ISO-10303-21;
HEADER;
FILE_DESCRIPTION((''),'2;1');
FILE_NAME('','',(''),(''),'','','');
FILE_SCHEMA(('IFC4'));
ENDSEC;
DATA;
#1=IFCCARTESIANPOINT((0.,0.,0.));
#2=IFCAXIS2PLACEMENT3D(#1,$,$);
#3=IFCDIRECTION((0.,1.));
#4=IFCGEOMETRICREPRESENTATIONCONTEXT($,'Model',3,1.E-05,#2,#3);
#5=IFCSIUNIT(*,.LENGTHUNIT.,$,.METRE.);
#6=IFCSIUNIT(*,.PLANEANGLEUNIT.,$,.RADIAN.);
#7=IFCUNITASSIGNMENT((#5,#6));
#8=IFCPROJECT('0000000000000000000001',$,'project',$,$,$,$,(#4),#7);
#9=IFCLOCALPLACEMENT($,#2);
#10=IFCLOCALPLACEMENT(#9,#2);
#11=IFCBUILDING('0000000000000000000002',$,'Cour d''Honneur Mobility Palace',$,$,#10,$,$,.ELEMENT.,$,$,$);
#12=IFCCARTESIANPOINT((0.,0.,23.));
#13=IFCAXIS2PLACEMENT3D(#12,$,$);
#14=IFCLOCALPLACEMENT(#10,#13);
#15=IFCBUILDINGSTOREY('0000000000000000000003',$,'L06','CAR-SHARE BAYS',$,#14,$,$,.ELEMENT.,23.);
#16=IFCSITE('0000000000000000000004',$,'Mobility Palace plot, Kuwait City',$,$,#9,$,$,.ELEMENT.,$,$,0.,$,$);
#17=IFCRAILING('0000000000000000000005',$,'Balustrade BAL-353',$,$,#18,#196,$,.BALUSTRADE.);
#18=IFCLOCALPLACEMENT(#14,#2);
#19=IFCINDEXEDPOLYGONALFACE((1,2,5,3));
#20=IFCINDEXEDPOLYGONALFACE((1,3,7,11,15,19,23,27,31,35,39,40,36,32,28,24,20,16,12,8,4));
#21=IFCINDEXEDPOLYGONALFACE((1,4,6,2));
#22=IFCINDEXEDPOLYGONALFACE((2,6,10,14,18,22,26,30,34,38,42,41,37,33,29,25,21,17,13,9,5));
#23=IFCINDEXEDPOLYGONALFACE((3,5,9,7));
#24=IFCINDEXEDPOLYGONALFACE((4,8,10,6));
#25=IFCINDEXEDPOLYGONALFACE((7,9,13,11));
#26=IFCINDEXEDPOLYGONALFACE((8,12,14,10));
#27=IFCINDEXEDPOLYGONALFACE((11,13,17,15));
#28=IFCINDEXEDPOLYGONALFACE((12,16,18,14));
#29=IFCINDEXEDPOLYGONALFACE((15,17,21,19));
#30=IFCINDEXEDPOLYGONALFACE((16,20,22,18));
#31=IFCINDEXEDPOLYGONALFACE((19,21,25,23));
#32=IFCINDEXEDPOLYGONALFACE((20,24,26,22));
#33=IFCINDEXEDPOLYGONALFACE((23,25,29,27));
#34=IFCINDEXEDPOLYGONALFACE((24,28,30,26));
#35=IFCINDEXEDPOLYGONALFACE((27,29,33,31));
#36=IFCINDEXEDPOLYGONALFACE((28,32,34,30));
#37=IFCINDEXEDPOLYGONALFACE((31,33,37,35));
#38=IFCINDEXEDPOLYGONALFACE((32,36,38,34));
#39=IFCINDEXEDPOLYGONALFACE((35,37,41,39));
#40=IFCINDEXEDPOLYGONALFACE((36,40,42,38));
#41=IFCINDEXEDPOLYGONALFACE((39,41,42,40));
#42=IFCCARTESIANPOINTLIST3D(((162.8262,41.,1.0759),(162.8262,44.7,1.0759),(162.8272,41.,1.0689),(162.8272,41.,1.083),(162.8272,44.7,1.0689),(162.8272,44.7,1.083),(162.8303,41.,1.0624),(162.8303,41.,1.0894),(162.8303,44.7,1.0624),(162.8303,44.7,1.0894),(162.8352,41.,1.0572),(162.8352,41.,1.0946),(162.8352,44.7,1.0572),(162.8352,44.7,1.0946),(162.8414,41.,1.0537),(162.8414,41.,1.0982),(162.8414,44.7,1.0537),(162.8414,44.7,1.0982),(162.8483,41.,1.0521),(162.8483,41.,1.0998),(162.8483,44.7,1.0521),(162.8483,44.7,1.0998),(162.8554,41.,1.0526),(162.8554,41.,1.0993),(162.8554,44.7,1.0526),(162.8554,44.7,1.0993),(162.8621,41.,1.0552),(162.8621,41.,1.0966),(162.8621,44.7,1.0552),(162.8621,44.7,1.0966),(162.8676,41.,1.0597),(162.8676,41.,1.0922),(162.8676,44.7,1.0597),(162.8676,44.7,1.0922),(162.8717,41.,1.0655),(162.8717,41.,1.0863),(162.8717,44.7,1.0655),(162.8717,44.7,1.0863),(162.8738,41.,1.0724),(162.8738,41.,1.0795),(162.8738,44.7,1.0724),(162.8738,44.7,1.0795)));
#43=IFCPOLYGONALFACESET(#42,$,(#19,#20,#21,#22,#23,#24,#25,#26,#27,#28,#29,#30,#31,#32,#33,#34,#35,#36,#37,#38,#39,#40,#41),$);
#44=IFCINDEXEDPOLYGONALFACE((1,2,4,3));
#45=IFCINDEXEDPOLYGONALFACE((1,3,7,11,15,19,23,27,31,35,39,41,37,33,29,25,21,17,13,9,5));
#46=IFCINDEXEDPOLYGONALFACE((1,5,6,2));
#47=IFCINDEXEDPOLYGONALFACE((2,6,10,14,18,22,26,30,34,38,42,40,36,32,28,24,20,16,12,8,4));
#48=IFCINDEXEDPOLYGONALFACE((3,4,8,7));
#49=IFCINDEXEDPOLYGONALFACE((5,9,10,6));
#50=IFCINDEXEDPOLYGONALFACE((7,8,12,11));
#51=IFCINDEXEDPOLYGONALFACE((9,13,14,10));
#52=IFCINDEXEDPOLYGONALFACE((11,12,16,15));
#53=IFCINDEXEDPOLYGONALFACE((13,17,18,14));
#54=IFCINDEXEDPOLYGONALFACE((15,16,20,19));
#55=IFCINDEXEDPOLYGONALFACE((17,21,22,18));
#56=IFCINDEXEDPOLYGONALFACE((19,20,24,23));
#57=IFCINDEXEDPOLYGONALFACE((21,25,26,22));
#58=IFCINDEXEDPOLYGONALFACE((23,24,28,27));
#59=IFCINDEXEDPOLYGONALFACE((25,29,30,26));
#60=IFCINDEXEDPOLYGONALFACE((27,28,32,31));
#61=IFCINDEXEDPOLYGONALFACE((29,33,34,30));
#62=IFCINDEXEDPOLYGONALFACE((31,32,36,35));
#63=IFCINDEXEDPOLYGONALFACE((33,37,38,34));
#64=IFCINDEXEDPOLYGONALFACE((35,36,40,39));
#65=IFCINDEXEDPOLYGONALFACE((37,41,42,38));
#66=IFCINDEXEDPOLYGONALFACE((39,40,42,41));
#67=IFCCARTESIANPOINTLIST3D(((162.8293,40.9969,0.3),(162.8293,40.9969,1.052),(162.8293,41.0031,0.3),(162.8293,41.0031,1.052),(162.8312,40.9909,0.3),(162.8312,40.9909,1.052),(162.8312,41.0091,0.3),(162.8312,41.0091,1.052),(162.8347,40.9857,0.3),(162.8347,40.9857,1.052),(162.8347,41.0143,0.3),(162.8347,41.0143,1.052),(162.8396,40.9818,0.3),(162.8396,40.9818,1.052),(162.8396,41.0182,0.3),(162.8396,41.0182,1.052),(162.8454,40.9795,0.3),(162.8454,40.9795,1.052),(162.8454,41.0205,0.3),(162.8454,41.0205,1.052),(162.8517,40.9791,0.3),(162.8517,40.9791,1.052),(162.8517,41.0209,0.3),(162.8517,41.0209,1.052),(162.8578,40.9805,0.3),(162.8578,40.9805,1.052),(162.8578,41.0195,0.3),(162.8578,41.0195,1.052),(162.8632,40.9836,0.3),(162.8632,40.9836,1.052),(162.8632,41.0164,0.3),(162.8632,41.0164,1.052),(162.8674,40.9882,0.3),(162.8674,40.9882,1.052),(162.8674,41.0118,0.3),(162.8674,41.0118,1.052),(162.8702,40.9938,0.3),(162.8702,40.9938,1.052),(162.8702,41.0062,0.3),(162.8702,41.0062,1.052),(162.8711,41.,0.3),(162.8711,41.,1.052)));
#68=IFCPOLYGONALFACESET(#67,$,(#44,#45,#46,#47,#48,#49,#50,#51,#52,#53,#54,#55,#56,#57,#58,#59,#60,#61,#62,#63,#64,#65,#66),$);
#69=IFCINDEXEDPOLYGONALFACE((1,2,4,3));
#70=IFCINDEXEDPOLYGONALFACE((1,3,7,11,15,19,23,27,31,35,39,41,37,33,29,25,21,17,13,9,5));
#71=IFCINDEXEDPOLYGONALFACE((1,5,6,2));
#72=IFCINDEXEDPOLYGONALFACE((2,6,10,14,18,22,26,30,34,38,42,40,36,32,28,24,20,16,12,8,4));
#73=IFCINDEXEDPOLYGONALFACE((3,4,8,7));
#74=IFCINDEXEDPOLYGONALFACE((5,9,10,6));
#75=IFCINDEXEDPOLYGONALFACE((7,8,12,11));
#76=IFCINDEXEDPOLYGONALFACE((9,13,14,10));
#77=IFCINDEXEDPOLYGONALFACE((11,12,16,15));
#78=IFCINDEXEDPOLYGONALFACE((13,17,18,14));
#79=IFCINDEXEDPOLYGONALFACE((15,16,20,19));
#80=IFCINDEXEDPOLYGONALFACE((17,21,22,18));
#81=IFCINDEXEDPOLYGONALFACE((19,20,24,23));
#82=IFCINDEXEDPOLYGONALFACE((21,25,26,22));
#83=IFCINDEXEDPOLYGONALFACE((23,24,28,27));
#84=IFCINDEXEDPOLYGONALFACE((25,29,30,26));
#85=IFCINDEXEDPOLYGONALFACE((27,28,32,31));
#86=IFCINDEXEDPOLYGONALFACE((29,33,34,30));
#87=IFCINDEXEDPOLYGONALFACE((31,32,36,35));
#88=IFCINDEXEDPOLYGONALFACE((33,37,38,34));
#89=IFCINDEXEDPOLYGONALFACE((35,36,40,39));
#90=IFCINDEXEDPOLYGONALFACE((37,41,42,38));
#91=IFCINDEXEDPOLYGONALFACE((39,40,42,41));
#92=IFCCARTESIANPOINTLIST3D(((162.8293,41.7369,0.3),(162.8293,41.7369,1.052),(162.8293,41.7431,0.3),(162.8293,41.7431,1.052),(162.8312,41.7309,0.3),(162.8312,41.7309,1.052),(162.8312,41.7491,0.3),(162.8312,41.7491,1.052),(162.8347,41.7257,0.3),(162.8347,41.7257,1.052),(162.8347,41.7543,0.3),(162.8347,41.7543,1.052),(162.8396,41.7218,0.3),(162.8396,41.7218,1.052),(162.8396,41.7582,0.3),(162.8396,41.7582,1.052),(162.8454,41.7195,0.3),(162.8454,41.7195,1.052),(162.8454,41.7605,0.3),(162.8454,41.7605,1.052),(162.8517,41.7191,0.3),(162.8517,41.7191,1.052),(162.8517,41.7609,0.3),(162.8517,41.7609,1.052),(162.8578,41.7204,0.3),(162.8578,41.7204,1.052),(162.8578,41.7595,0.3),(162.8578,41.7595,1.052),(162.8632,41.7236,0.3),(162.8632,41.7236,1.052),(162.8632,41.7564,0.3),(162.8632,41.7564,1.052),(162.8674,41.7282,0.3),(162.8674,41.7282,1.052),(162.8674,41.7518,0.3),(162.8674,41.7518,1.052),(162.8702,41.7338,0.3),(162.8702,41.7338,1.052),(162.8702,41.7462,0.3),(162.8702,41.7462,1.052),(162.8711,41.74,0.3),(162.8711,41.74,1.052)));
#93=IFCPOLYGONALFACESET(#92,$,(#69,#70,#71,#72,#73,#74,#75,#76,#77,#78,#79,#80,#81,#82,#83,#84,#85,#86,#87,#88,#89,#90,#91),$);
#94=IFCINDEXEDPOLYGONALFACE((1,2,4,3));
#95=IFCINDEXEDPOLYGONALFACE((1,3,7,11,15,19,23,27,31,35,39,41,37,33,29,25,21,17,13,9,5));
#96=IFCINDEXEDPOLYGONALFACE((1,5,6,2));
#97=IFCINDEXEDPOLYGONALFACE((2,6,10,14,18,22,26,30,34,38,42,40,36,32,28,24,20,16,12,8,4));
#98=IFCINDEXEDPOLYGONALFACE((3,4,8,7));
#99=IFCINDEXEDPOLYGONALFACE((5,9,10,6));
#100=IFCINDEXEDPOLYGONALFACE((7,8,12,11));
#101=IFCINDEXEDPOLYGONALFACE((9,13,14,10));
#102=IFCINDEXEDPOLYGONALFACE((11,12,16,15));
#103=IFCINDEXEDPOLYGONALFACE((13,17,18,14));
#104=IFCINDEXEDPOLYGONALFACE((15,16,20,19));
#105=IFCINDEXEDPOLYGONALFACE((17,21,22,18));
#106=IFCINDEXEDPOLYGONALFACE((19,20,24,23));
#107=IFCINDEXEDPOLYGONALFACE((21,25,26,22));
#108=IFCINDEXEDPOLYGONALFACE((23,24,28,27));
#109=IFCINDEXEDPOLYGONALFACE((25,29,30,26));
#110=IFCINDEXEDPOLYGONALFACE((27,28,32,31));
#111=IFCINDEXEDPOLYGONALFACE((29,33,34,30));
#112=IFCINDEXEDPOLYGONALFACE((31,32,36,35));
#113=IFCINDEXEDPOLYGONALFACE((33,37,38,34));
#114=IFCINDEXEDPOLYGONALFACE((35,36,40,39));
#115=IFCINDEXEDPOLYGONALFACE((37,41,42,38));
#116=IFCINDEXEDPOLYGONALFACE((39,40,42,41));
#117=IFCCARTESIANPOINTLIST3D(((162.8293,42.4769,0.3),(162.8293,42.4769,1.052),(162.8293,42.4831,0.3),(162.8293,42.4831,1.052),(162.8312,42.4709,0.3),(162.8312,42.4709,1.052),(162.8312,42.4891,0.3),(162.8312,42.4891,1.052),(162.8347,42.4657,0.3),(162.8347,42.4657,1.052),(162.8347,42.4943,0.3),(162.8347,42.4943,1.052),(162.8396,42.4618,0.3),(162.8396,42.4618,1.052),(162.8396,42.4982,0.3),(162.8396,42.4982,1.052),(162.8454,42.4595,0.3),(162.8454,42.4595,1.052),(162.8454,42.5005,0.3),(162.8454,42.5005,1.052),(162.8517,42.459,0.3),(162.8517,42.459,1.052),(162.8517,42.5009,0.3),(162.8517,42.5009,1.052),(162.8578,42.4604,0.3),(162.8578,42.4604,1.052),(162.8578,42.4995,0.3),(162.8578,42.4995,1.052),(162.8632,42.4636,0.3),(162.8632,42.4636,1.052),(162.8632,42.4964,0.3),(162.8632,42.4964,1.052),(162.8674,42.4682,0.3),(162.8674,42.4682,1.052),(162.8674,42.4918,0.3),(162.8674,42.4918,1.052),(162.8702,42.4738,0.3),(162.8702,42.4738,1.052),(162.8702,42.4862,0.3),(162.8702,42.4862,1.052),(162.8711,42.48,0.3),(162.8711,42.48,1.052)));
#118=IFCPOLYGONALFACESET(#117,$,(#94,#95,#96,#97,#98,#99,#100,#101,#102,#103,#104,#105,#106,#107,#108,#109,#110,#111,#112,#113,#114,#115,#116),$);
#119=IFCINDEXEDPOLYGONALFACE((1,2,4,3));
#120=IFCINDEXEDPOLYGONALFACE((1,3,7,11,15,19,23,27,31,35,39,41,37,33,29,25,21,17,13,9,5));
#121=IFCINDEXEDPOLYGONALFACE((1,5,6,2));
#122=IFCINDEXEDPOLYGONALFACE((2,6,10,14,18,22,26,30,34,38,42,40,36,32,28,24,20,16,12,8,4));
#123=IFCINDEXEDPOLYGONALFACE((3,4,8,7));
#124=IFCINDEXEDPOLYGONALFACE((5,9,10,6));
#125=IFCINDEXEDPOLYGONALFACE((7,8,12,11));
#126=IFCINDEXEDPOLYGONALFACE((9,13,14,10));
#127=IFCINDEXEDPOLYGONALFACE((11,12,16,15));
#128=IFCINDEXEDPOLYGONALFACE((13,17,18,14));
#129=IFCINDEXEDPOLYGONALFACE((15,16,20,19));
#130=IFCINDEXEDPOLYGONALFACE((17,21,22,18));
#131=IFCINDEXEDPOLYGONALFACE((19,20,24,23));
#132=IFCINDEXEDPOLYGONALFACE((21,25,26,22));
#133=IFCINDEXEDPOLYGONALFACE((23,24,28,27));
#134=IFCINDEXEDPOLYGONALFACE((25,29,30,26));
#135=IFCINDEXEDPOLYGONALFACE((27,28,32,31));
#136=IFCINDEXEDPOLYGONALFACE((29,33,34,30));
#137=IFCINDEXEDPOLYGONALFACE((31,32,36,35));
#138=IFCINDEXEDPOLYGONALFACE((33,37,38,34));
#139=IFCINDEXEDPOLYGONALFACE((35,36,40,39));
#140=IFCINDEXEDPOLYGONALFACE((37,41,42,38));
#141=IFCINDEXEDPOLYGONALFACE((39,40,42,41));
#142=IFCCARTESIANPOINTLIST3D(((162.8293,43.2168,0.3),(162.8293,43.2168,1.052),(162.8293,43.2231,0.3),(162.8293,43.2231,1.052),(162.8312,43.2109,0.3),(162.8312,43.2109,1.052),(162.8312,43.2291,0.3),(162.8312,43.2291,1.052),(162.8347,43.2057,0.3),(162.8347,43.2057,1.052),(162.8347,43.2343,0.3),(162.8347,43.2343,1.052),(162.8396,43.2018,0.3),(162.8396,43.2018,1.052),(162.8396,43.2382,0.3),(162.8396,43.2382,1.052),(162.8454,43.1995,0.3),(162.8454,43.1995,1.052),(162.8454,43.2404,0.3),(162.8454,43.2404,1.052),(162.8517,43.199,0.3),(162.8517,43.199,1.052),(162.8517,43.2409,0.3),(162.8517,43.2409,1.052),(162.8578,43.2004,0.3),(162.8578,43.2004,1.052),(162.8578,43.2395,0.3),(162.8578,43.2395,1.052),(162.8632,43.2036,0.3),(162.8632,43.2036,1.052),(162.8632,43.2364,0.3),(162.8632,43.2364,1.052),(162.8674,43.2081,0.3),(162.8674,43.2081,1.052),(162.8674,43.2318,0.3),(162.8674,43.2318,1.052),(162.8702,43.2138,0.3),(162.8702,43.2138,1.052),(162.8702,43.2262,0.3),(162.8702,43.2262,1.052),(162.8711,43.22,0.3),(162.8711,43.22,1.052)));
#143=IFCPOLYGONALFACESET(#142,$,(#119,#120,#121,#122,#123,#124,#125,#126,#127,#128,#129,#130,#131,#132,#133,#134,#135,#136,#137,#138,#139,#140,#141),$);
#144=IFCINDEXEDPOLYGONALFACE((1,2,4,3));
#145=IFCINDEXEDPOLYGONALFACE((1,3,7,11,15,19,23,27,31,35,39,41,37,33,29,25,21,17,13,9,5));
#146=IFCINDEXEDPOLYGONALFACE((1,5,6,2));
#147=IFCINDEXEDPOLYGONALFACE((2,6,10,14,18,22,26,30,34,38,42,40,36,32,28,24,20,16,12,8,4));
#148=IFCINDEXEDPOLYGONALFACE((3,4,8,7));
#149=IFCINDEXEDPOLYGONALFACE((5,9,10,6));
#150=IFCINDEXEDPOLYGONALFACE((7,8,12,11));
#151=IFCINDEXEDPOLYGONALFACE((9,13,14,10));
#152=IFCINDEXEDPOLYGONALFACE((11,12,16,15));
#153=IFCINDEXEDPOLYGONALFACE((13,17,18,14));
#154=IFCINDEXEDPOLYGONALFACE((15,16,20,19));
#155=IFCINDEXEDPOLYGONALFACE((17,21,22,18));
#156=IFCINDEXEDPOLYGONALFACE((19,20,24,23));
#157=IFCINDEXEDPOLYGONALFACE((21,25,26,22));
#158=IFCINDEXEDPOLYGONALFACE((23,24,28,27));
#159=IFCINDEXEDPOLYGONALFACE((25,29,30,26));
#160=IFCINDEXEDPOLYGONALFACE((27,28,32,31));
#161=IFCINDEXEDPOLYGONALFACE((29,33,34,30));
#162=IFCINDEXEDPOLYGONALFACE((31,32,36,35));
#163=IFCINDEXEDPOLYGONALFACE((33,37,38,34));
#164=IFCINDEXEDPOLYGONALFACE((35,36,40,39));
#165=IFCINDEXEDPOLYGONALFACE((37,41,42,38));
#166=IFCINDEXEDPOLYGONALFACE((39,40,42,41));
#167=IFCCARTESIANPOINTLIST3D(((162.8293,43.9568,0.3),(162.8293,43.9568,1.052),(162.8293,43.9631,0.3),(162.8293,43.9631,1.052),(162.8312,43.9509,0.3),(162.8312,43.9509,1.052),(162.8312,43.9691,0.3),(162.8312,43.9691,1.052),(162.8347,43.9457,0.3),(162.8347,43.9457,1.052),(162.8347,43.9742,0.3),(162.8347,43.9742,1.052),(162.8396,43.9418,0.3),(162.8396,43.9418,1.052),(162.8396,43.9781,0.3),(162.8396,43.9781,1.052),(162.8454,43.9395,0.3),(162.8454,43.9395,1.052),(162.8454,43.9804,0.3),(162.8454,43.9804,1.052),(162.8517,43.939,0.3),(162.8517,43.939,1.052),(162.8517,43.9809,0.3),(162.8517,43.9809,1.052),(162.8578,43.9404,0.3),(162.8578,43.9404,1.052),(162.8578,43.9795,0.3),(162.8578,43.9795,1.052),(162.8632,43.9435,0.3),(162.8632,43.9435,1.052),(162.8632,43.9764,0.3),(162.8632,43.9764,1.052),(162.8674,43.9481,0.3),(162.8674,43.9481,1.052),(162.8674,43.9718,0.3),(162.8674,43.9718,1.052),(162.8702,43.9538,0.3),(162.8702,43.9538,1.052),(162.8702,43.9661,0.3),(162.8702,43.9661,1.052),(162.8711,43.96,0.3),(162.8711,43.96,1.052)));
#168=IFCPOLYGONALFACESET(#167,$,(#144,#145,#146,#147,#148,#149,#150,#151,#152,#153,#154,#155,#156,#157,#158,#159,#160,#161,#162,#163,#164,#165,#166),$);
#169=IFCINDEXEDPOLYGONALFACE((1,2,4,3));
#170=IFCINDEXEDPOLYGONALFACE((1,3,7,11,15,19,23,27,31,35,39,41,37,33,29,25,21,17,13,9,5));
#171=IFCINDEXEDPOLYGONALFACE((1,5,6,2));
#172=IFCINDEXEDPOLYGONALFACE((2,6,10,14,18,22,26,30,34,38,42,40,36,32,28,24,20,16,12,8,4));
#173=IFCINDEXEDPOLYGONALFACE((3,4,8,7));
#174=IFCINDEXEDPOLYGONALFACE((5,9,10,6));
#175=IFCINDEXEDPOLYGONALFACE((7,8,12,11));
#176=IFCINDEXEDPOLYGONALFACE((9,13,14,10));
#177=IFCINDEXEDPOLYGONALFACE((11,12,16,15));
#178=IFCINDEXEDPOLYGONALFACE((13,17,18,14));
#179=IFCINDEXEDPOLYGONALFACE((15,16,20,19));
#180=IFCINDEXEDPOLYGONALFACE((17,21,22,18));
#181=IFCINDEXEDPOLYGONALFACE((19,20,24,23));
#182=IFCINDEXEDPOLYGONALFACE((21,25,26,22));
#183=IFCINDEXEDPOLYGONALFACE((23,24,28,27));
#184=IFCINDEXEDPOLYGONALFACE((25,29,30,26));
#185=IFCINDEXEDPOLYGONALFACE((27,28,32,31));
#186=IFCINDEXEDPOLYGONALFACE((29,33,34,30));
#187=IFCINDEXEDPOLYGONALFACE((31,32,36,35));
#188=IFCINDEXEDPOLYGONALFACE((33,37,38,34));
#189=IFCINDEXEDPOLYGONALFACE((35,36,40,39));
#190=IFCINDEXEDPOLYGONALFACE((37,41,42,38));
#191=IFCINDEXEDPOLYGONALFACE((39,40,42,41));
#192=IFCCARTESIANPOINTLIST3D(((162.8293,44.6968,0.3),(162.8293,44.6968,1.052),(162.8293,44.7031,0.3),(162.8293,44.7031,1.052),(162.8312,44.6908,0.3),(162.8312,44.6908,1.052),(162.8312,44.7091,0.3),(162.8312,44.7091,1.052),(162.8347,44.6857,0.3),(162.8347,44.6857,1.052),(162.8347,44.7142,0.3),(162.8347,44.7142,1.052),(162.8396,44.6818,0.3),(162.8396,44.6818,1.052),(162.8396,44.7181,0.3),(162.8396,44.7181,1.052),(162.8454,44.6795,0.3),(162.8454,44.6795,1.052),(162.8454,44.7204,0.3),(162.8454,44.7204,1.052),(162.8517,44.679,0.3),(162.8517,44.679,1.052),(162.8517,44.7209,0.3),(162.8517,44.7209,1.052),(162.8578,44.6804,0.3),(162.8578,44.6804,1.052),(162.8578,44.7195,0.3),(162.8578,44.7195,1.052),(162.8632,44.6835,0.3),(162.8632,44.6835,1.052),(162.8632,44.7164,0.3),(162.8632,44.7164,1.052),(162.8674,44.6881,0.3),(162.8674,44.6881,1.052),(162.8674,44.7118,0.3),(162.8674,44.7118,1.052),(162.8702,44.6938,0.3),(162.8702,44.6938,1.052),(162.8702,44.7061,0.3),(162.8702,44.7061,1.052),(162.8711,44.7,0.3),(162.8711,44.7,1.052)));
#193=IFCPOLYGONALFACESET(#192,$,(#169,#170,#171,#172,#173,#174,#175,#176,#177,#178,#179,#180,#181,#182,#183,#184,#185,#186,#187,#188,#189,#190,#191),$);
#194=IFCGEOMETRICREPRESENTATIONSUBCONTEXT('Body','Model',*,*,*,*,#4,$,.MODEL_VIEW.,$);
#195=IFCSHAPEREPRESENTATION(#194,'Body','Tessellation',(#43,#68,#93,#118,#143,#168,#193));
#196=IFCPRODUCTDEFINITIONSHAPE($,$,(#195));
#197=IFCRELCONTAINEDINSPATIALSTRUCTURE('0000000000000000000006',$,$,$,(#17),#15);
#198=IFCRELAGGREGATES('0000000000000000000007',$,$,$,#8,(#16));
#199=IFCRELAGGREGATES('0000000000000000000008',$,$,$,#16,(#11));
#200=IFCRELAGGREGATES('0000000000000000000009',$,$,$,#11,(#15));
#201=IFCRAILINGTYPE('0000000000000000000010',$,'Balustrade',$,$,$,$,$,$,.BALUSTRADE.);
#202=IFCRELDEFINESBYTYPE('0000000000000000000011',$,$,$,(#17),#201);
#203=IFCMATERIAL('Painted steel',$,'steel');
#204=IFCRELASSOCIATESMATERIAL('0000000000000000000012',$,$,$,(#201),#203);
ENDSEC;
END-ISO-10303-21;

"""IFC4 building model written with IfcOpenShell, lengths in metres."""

from ifc_helpers import new_model, si_unit, direction, frame, origin, origin_2d, place, context, subcontext, project, spatial, circle, extrude, material, type_object, element, save


model = new_model("IFC4")

# Units and contexts
model_context = context("Model", 3, precision=1e-05, world=origin(), true_north=direction((0.0, 1.0)))
body_context = subcontext(model_context, "Body", "Model", "MODEL_VIEW")
ifc_project = project(units=[si_unit("LENGTHUNIT", "METRE"), si_unit("PLANEANGLEUNIT", "RADIAN")], contexts=[model_context])

# Site, building, storey
site_placement = place(None, origin())
site = spatial("IfcSite", under=ifc_project, at=site_placement, Name="Mobility Palace plot, Kuwait City", CompositionType="ELEMENT", RefElevation=0.0)
building_placement = place(site_placement, origin())
building = spatial("IfcBuilding", under=site, at=building_placement, Name="Cour d'Honneur Mobility Palace", CompositionType="ELEMENT")
storey_placement = place(building_placement, frame((0.0, 0.0, 23.0)))
storey = spatial("IfcBuildingStorey", under=building, at=storey_placement, Name="L06", Description="CAR-SHARE BAYS", CompositionType="ELEMENT", Elevation=23.0)

# Railing
ifc_material_1 = material(Name="Painted steel", Category="steel")
railing_type = type_object("IfcRailingType", Name="Balustrade", PredefinedType="BALUSTRADE", material=ifc_material_1)
railing_placement = place(storey_placement, frame((162.8501, 41.0, 0.3)))
element("IfcRailing", 1, at=railing_placement, inside=storey, type_object=railing_type, Name="Balustrade BAL-353", PredefinedType="BALUSTRADE", context=body_context, shape_type="SweptSolid", body=[
    extrude(circle(Radius=0.0239, at=origin_2d()), frame((0.0, 0.0, 0.7759), z_axis=(0.0, 1.0, 0.0), x_axis=(-1.0, 0.0, 0.0)), (0.0, 0.0, 1.0), 3.7),
    extrude(circle(Radius=0.021, at=origin_2d()), origin(), (0.0, 0.0, 1.0), 0.752),
    extrude(circle(Radius=0.021, at=origin_2d()), frame((0.0, 0.74, 0.0)), (0.0, 0.0, 1.0), 0.752),
    extrude(circle(Radius=0.021, at=origin_2d()), frame((0.0, 1.48, 0.0)), (0.0, 0.0, 1.0), 0.752),
    extrude(circle(Radius=0.021, at=origin_2d()), frame((0.0, 2.22, 0.0)), (0.0, 0.0, 1.0), 0.752),
    extrude(circle(Radius=0.021, at=origin_2d()), frame((0.0, 2.96, 0.0)), (0.0, 0.0, 1.0), 0.752),
    extrude(circle(Radius=0.021, at=origin_2d()), frame((0.0, 3.7, 0.0)), (0.0, 0.0, 1.0), 0.752),
])

save(model, "model.ifc")
